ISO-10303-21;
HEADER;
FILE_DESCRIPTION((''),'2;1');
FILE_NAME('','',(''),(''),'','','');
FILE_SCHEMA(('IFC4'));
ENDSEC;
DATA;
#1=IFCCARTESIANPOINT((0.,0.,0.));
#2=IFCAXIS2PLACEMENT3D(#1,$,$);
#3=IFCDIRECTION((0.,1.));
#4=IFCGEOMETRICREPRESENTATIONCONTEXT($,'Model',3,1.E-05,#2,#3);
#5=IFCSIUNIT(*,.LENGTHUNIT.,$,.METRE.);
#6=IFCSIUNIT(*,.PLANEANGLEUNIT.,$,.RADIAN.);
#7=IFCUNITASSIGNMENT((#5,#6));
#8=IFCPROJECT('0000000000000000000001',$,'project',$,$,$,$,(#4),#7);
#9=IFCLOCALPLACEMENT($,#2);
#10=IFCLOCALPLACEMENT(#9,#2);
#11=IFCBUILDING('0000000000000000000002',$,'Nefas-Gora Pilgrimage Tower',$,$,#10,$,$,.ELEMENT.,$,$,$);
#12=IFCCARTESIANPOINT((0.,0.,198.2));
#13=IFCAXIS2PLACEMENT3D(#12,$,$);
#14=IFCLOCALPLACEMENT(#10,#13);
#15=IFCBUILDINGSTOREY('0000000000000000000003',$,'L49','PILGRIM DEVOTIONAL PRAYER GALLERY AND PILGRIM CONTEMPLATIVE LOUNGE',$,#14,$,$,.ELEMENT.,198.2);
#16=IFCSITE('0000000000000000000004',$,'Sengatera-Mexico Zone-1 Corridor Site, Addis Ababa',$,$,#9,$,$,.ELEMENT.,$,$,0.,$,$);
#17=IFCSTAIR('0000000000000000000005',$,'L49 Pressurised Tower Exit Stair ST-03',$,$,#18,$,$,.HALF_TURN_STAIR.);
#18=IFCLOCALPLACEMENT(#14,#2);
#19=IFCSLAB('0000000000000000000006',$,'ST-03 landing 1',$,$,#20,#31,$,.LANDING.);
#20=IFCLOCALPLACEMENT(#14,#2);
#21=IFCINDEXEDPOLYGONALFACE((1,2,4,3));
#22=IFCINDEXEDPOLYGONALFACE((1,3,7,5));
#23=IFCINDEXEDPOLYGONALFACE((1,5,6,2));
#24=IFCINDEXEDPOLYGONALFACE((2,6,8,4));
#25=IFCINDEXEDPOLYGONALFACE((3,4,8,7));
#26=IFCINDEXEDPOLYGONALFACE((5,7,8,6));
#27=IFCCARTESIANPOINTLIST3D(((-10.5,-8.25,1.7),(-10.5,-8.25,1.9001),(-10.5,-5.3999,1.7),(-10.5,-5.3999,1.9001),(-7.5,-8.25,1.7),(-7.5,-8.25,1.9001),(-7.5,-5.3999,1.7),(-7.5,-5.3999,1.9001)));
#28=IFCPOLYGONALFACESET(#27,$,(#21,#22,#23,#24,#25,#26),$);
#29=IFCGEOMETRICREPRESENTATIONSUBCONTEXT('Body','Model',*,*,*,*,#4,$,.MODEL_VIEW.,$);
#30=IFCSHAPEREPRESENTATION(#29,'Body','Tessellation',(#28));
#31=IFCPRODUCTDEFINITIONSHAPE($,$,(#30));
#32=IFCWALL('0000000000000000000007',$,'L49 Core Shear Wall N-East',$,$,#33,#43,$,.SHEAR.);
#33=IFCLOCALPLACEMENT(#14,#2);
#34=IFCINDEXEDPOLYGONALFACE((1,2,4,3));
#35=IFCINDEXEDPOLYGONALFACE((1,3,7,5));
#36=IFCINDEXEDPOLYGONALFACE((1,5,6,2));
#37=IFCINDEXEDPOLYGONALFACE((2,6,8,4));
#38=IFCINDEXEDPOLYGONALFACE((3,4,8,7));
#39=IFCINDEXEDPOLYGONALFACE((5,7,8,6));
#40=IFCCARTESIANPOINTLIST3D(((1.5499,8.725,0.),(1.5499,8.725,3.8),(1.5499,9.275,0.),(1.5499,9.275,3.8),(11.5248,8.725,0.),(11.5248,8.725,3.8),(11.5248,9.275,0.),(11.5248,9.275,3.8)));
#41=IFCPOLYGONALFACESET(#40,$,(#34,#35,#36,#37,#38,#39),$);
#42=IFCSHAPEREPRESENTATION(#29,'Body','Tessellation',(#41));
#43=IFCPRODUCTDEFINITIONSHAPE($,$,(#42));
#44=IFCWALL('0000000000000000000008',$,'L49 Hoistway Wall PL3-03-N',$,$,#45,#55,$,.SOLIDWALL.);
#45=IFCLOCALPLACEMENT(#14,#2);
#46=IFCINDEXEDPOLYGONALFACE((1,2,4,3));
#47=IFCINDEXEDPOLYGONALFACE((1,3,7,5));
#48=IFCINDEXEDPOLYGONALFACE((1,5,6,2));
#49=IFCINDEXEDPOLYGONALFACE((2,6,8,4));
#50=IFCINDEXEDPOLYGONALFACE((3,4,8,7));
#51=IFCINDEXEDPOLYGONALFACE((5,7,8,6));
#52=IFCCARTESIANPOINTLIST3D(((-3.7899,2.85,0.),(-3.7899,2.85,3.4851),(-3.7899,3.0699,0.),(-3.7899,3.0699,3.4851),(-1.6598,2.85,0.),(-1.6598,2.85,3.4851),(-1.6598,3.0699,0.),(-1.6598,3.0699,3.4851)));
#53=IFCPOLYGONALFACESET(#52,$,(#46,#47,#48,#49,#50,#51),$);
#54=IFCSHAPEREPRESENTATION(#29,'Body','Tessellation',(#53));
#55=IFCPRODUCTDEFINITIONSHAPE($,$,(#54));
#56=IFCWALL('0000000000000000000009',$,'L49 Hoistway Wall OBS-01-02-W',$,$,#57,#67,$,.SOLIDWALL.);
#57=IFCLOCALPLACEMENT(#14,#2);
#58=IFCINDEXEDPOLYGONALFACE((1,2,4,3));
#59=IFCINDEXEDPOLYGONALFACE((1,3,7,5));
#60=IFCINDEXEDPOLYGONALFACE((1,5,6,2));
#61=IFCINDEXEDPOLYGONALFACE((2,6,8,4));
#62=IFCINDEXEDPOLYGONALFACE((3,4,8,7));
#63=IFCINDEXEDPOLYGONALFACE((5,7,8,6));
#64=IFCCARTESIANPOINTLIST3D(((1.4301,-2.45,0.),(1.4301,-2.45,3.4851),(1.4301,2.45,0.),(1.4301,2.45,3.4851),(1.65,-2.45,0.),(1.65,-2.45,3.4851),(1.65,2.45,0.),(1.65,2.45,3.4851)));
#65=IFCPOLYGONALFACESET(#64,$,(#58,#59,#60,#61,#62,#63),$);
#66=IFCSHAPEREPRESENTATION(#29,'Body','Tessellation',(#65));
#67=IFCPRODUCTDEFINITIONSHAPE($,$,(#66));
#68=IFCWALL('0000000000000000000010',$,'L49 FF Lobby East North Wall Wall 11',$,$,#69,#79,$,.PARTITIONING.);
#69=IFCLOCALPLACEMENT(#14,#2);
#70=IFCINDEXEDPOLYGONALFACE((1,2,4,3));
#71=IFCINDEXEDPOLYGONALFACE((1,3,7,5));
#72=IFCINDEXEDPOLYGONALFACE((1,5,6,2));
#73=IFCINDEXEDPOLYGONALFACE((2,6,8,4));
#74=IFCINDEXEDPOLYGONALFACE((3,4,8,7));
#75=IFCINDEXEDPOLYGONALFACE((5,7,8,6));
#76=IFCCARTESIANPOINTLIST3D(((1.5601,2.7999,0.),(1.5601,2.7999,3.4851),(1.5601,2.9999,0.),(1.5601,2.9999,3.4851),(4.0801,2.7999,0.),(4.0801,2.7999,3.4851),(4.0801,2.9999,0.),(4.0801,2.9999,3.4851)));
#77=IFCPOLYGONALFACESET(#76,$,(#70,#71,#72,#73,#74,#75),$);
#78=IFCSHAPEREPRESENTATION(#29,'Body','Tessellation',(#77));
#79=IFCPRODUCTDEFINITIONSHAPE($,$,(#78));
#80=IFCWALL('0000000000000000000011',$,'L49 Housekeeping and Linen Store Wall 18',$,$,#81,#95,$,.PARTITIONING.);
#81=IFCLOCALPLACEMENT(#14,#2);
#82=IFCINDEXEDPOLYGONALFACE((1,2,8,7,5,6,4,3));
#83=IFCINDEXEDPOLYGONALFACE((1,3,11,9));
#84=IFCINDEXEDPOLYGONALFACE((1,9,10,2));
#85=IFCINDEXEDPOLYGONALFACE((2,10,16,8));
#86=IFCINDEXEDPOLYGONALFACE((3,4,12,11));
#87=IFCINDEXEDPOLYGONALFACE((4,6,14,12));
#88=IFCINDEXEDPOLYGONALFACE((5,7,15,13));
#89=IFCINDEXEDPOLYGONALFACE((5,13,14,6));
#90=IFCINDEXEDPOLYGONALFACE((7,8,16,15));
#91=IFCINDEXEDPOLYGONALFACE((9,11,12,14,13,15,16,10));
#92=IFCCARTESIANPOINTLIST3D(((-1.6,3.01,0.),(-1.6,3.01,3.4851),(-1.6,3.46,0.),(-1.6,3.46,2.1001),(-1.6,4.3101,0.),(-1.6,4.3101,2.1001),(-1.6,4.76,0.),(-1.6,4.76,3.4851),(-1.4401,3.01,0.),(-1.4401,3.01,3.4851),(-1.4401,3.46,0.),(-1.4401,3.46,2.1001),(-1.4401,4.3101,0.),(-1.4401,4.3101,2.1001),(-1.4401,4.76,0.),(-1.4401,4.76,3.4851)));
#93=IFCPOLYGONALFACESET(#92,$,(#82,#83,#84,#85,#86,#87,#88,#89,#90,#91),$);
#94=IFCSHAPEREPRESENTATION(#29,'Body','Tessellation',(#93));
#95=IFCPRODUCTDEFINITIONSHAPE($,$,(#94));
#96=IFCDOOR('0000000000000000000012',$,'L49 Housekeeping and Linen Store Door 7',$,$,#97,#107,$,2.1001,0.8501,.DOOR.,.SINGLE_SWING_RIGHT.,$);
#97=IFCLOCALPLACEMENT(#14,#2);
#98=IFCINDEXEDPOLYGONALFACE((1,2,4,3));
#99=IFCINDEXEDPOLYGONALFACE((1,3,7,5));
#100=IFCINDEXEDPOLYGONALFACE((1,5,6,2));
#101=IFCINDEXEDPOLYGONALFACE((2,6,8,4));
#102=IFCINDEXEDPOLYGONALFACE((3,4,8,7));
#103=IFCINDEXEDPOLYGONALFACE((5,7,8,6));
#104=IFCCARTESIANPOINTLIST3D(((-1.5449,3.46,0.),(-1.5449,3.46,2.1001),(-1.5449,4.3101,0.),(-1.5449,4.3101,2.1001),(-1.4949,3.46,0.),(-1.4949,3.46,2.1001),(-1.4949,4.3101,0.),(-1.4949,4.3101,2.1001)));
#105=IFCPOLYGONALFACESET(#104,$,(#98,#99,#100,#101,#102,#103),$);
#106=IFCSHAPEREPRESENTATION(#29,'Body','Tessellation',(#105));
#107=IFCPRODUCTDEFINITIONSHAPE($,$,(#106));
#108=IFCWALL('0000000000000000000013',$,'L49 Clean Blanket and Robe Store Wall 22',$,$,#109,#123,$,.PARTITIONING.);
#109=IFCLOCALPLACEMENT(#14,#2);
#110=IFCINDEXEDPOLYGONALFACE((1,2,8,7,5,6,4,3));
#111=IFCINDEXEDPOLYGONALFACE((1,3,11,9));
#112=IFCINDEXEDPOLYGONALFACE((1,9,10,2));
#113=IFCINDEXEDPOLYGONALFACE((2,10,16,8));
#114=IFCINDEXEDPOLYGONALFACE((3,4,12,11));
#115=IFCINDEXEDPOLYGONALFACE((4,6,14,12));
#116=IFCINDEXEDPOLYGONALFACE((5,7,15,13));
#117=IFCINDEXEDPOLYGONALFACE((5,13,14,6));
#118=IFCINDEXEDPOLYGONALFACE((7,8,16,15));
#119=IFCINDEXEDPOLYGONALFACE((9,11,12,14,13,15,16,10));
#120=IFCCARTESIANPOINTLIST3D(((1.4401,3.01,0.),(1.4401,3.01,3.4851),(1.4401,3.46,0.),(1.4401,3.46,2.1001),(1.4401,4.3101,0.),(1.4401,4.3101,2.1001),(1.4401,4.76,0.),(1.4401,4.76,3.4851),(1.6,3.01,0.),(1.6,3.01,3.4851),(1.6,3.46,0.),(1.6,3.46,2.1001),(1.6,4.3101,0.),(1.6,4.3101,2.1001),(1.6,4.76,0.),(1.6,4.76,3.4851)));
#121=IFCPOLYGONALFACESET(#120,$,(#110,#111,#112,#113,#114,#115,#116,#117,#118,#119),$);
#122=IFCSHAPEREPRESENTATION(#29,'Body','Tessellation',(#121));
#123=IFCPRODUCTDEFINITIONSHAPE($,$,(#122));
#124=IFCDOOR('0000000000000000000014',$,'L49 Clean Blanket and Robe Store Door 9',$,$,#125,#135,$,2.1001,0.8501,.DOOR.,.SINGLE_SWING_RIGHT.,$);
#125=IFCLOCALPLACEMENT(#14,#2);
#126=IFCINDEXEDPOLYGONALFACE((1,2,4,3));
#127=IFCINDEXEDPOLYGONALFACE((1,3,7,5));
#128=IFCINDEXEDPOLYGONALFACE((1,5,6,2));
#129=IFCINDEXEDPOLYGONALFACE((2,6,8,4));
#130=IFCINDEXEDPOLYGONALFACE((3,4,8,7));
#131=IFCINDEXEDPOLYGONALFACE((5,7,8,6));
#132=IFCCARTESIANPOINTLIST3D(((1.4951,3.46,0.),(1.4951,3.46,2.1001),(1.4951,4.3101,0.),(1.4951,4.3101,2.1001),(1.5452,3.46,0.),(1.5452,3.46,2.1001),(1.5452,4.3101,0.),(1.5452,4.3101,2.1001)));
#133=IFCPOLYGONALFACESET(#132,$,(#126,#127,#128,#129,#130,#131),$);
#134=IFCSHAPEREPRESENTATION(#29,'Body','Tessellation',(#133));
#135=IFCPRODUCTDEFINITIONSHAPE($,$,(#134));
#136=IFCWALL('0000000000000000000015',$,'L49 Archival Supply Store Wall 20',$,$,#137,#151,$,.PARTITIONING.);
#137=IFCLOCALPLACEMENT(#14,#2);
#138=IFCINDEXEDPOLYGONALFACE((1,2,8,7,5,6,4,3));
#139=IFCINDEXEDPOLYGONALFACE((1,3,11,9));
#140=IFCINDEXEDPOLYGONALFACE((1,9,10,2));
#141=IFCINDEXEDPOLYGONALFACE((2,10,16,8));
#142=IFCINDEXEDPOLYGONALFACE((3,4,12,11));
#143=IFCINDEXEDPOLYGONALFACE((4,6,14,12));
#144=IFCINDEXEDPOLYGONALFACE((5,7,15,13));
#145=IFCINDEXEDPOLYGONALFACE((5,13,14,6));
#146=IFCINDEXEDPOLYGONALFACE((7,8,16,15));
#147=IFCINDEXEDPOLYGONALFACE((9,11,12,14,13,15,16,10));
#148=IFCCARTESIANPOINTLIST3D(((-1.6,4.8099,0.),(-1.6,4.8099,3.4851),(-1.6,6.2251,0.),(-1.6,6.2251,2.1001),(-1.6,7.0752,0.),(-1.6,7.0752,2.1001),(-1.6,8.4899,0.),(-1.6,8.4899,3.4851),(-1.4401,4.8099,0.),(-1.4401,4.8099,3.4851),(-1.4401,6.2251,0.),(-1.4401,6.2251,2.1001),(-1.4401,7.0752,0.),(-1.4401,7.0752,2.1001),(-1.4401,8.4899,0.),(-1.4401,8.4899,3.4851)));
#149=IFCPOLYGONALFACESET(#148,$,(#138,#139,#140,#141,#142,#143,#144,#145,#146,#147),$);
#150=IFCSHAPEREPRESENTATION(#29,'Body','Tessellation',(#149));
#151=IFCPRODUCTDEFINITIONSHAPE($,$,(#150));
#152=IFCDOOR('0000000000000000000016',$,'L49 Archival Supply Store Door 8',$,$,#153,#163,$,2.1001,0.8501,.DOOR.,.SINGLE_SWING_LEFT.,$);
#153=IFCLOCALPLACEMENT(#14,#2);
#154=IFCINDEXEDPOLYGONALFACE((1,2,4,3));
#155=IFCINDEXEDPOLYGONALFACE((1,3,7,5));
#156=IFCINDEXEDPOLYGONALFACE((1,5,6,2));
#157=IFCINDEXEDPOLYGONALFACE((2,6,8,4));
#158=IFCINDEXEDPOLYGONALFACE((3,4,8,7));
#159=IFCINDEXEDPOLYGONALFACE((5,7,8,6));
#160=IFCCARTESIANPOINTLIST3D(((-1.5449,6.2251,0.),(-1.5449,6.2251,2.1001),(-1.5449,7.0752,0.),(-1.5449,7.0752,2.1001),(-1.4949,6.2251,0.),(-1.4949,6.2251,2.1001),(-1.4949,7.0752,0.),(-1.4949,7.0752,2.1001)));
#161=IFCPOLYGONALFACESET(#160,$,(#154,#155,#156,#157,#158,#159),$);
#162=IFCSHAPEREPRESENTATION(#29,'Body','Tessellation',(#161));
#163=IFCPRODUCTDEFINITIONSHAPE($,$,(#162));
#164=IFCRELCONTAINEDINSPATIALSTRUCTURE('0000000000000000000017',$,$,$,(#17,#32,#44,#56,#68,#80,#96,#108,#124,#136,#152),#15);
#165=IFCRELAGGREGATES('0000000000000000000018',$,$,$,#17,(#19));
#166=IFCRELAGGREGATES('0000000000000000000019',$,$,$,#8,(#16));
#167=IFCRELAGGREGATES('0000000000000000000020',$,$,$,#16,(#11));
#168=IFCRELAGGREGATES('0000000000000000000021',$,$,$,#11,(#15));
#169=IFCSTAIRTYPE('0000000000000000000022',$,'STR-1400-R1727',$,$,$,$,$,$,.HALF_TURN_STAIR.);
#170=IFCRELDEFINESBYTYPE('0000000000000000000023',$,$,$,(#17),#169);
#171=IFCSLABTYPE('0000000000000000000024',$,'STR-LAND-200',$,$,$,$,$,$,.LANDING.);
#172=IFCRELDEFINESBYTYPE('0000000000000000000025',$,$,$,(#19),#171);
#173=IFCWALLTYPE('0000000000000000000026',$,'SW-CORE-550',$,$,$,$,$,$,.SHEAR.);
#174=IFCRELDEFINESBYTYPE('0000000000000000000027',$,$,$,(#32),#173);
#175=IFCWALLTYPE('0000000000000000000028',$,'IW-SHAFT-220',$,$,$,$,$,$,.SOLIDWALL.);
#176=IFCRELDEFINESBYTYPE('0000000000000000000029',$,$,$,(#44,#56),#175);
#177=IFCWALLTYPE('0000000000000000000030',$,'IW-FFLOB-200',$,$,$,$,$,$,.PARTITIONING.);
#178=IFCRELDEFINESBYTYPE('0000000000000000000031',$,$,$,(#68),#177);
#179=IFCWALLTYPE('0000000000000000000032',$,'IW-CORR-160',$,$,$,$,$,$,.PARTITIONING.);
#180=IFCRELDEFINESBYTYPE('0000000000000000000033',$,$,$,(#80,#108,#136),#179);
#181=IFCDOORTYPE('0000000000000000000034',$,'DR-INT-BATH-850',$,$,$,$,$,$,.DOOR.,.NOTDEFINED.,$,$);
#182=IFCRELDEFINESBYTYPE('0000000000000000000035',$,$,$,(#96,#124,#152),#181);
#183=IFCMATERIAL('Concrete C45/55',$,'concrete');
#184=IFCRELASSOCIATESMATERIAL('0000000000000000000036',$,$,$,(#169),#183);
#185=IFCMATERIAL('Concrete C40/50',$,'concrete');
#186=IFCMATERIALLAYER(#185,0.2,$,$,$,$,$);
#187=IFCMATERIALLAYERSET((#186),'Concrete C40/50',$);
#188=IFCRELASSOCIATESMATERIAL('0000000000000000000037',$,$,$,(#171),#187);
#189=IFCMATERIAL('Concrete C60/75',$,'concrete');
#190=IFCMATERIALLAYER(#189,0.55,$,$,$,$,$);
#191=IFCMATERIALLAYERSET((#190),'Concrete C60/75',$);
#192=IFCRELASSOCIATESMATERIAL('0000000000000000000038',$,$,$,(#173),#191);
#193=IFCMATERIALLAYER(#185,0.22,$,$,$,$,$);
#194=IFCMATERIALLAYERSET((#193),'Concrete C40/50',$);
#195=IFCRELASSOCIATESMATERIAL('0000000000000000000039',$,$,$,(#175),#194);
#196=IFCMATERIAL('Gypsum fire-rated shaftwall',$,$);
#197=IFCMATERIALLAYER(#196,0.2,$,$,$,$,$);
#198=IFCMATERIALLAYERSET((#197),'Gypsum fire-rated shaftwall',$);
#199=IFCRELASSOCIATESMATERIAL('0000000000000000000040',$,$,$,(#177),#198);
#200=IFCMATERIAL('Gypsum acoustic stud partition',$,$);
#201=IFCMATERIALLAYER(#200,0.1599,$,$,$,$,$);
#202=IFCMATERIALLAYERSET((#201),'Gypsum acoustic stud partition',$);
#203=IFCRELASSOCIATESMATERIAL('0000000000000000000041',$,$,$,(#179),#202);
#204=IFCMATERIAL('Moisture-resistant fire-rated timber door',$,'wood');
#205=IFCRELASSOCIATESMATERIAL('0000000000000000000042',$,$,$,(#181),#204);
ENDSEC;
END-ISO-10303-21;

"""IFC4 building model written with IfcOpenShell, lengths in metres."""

from ifc_helpers import new_model, si_unit, direction, frame, frame_2d, origin, place, context, subcontext, project, spatial, polyline, rectangle, outline, extrude, source, transform, mapped, material, layer, layer_set, type_object, element, fill, aggregate, save


model = new_model("IFC4")

# Units and contexts
model_context = context("Model", 3, precision=1e-05, world=origin(), true_north=direction((0.0, 1.0)))
body_context = subcontext(model_context, "Body", "Model", "MODEL_VIEW")
ifc_project = project(units=[si_unit("LENGTHUNIT", "METRE"), si_unit("PLANEANGLEUNIT", "RADIAN")], contexts=[model_context])

# Site, building, storey
site_placement = place(None, origin())
site = spatial("IfcSite", under=ifc_project, at=site_placement, Name="Sengatera-Mexico Zone-1 Corridor Site, Addis Ababa", CompositionType="ELEMENT", RefElevation=0.0)
building_placement = place(site_placement, origin())
building = spatial("IfcBuilding", under=site, at=building_placement, Name="Nefas-Gora Pilgrimage Tower", CompositionType="ELEMENT")
storey_placement = place(building_placement, frame((0.0, 0.0, 198.2)))
storey = spatial("IfcBuildingStorey", under=building, at=storey_placement, Name="L49", Description="PILGRIM DEVOTIONAL PRAYER GALLERY AND PILGRIM CONTEMPLATIVE LOUNGE", CompositionType="ELEMENT", Elevation=198.2)

# Shared definitions
ifc_material_1 = material(Name="Concrete C60/75", Category="concrete")

# Shared definitions
ifc_material_2 = material(Name="Concrete C40/50", Category="concrete")

# Stair, slab
ifc_material_3 = material(Name="Concrete C45/55", Category="concrete")
stair_type = type_object("IfcStairType", Name="STR-1400-R1727", PredefinedType="HALF_TURN_STAIR", material=ifc_material_3)
ifc_layer_1 = layer(ifc_material_2, 0.2)
ifc_layer_set_1 = layer_set([ifc_layer_1], Name="Concrete C40/50")
slab_type_1 = type_object("IfcSlabType", Name="STR-LAND-200", PredefinedType="LANDING", material=ifc_layer_set_1)
stair_1_placement = place(storey_placement, origin())
stair_1 = element("IfcStair", 1, at=stair_1_placement, inside=storey, type_object=stair_type, Name="L49 Pressurised Tower Exit Stair ST-03", PredefinedType="HALF_TURN_STAIR")
slab_1_placement = place(storey_placement, frame((0.0, 0.0, 1.7)))
slab_1 = element("IfcSlab", 2, at=slab_1_placement, type_object=slab_type_1, Name="ST-03 landing 1", PredefinedType="LANDING", context=body_context, shape_type="SweptSolid", body=[
    extrude(outline(polyline([(-10.5, -5.3999), (-10.5, -8.25), (-7.5, -8.25), (-7.5, -5.3999), (-10.5, -5.3999)])), origin(), (0.0, 0.0, 1.0), 0.2002),
])
aggregate(stair_1, [slab_1])

# Walls
ifc_layer_2 = layer(ifc_material_1, 0.55)
ifc_layer_set_2 = layer_set([ifc_layer_2], Name="Concrete C60/75")
wall_type_1 = type_object("IfcWallType", Name="SW-CORE-550", PredefinedType="SHEAR", material=ifc_layer_set_2)
shared_shape_1 = source(origin(), body_context, "Body", "SweptSolid", [
    extrude(rectangle(XDim=9.9749, YDim=0.55, at=frame_2d((4.9873, 0.0))), origin(), (0.0, 0.0, 1.0), 3.8),
])
wall_1_placement = place(storey_placement, frame((1.55, 9.0, 0.0), z_axis=(0.0, 0.0, 1.0), x_axis=(1.0, 0.0, 0.0)))
element("IfcWall", 3, at=wall_1_placement, inside=storey, type_object=wall_type_1, Name="L49 Core Shear Wall N-East", PredefinedType="SHEAR", context=body_context, shape_type="MappedRepresentation", body=[
    mapped(shared_shape_1, transform((0.0, 0.0, 0.0), x_axis=(1.0, 0.0, 0.0), y_axis=(0.0, 1.0, 0.0), z_axis=(0.0, 0.0, 1.0), scale=1.0)),
])
ifc_layer_3 = layer(ifc_material_2, 0.22)
ifc_layer_set_3 = layer_set([ifc_layer_3], Name="Concrete C40/50")
wall_type_2 = type_object("IfcWallType", Name="IW-SHAFT-220", PredefinedType="SOLIDWALL", material=ifc_layer_set_3)
shared_shape_2 = source(origin(), body_context, "Body", "SweptSolid", [
    extrude(rectangle(XDim=2.1301, YDim=0.22, at=frame_2d((1.0649, 0.0))), origin(), (0.0, 0.0, 1.0), 3.4851),
])
wall_2_placement = place(storey_placement, frame((-1.6599, 2.96, 0.0), z_axis=(0.0, 0.0, 1.0), x_axis=(-1.0, 0.0, 0.0)))
element("IfcWall", 4, at=wall_2_placement, inside=storey, type_object=wall_type_2, Name="L49 Hoistway Wall PL3-03-N", PredefinedType="SOLIDWALL", context=body_context, shape_type="MappedRepresentation", body=[
    mapped(shared_shape_2, transform((0.0, 0.0, 0.0), x_axis=(1.0, 0.0, 0.0), y_axis=(0.0, 1.0, 0.0), z_axis=(0.0, 0.0, 1.0), scale=1.0)),
])
shared_shape_3 = source(origin(), body_context, "Body", "SweptSolid", [
    extrude(rectangle(XDim=4.8999, YDim=0.22, at=frame_2d((2.45, 0.0))), origin(), (0.0, 0.0, 1.0), 3.4851),
])
wall_3_placement = place(storey_placement, frame((1.54, 2.45, 0.0), z_axis=(0.0, 0.0, 1.0), x_axis=(0.0, -1.0, 0.0)))
element("IfcWall", 5, at=wall_3_placement, inside=storey, type_object=wall_type_2, Name="L49 Hoistway Wall OBS-01-02-W", PredefinedType="SOLIDWALL", context=body_context, shape_type="MappedRepresentation", body=[
    mapped(shared_shape_3, transform((0.0, 0.0, 0.0), x_axis=(1.0, 0.0, 0.0), y_axis=(0.0, 1.0, 0.0), z_axis=(0.0, 0.0, 1.0), scale=1.0)),
])
ifc_material_4 = material(Name="Gypsum fire-rated shaftwall")
ifc_layer_4 = layer(ifc_material_4, 0.2)
ifc_layer_set_4 = layer_set([ifc_layer_4], Name="Gypsum fire-rated shaftwall")
wall_type_3 = type_object("IfcWallType", Name="IW-FFLOB-200", PredefinedType="PARTITIONING", material=ifc_layer_set_4)
shared_shape_4 = source(origin(), body_context, "Body", "SweptSolid", [
    extrude(rectangle(XDim=2.52, YDim=0.2, at=frame_2d((1.26, 0.0))), origin(), (0.0, 0.0, 1.0), 3.4851),
])
wall_4_placement = place(storey_placement, frame((1.5601, 2.8999, 0.0), z_axis=(0.0, 0.0, 1.0), x_axis=(1.0, 0.0, 0.0)))
element("IfcWall", 6, at=wall_4_placement, inside=storey, type_object=wall_type_3, Name="L49 FF Lobby East North Wall Wall 11", PredefinedType="PARTITIONING", context=body_context, shape_type="MappedRepresentation", body=[
    mapped(shared_shape_4, transform((0.0, 0.0, 0.0), x_axis=(1.0, 0.0, 0.0), y_axis=(0.0, 1.0, 0.0), z_axis=(0.0, 0.0, 1.0), scale=1.0)),
])

# Walls, openings, doors
ifc_material_5 = material(Name="Gypsum acoustic stud partition")
ifc_layer_5 = layer(ifc_material_5, 0.1599)
ifc_layer_set_5 = layer_set([ifc_layer_5], Name="Gypsum acoustic stud partition")
wall_type_4 = type_object("IfcWallType", Name="IW-CORR-160", PredefinedType="PARTITIONING", material=ifc_layer_set_5)
shared_shape_5 = source(origin(), body_context, "Body", "SweptSolid", [
    extrude(rectangle(XDim=1.75, YDim=0.1599, at=frame_2d((0.875, 0.0))), origin(), (0.0, 0.0, 1.0), 3.4851),
])
wall_5_placement = place(storey_placement, frame((-1.52, 3.01, 0.0), z_axis=(0.0, 0.0, 1.0), x_axis=(0.0, 1.0, 0.0)))
wall_5 = element("IfcWall", 7, at=wall_5_placement, inside=storey, type_object=wall_type_4, Name="L49 Housekeeping and Linen Store Wall 18", PredefinedType="PARTITIONING", context=body_context, shape_type="MappedRepresentation", body=[
    mapped(shared_shape_5, transform((0.0, 0.0, 0.0), x_axis=(1.0, 0.0, 0.0), y_axis=(0.0, 1.0, 0.0), z_axis=(0.0, 0.0, 1.0), scale=1.0)),
])
opening_1_placement = place(wall_5_placement, frame((0.45, 0.0, 0.0)))
opening_1 = element("IfcOpeningElement", 8, at=opening_1_placement, cuts=wall_5, PredefinedType="OPENING", context=body_context, shape_type="SweptSolid", body=[
    extrude(rectangle(XDim=0.8501, YDim=2.1001, at=frame_2d((0.425, 1.05))), frame((0.0, 0.0898, 0.0), z_axis=(0.0, -1.0, 0.0), x_axis=(1.0, 0.0, 0.0)), (0.0, 0.0, 1.0), 0.1799),
])
ifc_material_6 = material(Name="Moisture-resistant fire-rated timber door", Category="wood")
door_type = type_object("IfcDoorType", Name="DR-INT-BATH-850", OperationType="NOTDEFINED", PredefinedType="DOOR", material=ifc_material_6)
shared_shape_6 = source(origin(), body_context, "Body", "SweptSolid", [
    extrude(rectangle(XDim=0.8501, YDim=2.1001, at=frame_2d((0.425, 1.05))), frame((0.0, 0.0249, 0.0), z_axis=(0.0, -1.0, 0.0), x_axis=(1.0, 0.0, 0.0)), (0.0, 0.0, 1.0), 0.05),
])
door_1_placement = place(opening_1_placement, origin())
door_1 = element("IfcDoor", 9, at=door_1_placement, inside=storey, type_object=door_type, Name="L49 Housekeeping and Linen Store Door 7", OperationType="SINGLE_SWING_RIGHT", OverallHeight=2.1001, OverallWidth=0.8501, PredefinedType="DOOR", context=body_context, shape_type="MappedRepresentation", body=[
    mapped(shared_shape_6, transform((0.0, 0.0, 0.0), x_axis=(1.0, 0.0, 0.0), y_axis=(0.0, 1.0, 0.0), z_axis=(0.0, 0.0, 1.0), scale=1.0)),
])
fill(opening_1, door_1)
wall_6_placement = place(storey_placement, frame((1.52, 3.01, 0.0), z_axis=(0.0, 0.0, 1.0), x_axis=(0.0, 1.0, 0.0)))
wall_6 = element("IfcWall", 10, at=wall_6_placement, inside=storey, type_object=wall_type_4, Name="L49 Clean Blanket and Robe Store Wall 22", PredefinedType="PARTITIONING", context=body_context, shape_type="MappedRepresentation", body=[
    mapped(shared_shape_5, transform((0.0, 0.0, 0.0), x_axis=(1.0, 0.0, 0.0), y_axis=(0.0, 1.0, 0.0), z_axis=(0.0, 0.0, 1.0), scale=1.0)),
])
opening_2_placement = place(wall_6_placement, frame((0.45, 0.0, 0.0)))
opening_2 = element("IfcOpeningElement", 11, at=opening_2_placement, cuts=wall_6, PredefinedType="OPENING", context=body_context, shape_type="SweptSolid", body=[
    extrude(rectangle(XDim=0.8501, YDim=2.1001, at=frame_2d((0.425, 1.05))), frame((0.0, 0.0898, 0.0), z_axis=(0.0, -1.0, 0.0), x_axis=(1.0, 0.0, 0.0)), (0.0, 0.0, 1.0), 0.1799),
])
door_2_placement = place(opening_2_placement, origin())
door_2 = element("IfcDoor", 12, at=door_2_placement, inside=storey, type_object=door_type, Name="L49 Clean Blanket and Robe Store Door 9", OperationType="SINGLE_SWING_RIGHT", OverallHeight=2.1001, OverallWidth=0.8501, PredefinedType="DOOR", context=body_context, shape_type="MappedRepresentation", body=[
    mapped(shared_shape_6, transform((0.0, 0.0, 0.0), x_axis=(1.0, 0.0, 0.0), y_axis=(0.0, 1.0, 0.0), z_axis=(0.0, 0.0, 1.0), scale=1.0)),
])
fill(opening_2, door_2)
shared_shape_7 = source(origin(), body_context, "Body", "SweptSolid", [
    extrude(rectangle(XDim=3.6799, YDim=0.1599, at=frame_2d((1.8398, 0.0))), origin(), (0.0, 0.0, 1.0), 3.4851),
])
wall_7_placement = place(storey_placement, frame((-1.52, 4.8101, 0.0), z_axis=(0.0, 0.0, 1.0), x_axis=(0.0, 1.0, 0.0)))
wall_7 = element("IfcWall", 13, at=wall_7_placement, inside=storey, type_object=wall_type_4, Name="L49 Archival Supply Store Wall 20", PredefinedType="PARTITIONING", context=body_context, shape_type="MappedRepresentation", body=[
    mapped(shared_shape_7, transform((0.0, 0.0, 0.0), x_axis=(1.0, 0.0, 0.0), y_axis=(0.0, 1.0, 0.0), z_axis=(0.0, 0.0, 1.0), scale=1.0)),
])
opening_3_placement = place(wall_7_placement, frame((1.415, 0.0, 0.0)))
opening_3 = element("IfcOpeningElement", 14, at=opening_3_placement, cuts=wall_7, PredefinedType="OPENING", context=body_context, shape_type="SweptSolid", body=[
    extrude(rectangle(XDim=0.8501, YDim=2.1001, at=frame_2d((0.425, 1.05))), frame((0.0, 0.0898, 0.0), z_axis=(0.0, -1.0, 0.0), x_axis=(1.0, 0.0, 0.0)), (0.0, 0.0, 1.0), 0.1799),
])
door_3_placement = place(opening_3_placement, origin())
door_3 = element("IfcDoor", 15, at=door_3_placement, inside=storey, type_object=door_type, Name="L49 Archival Supply Store Door 8", OperationType="SINGLE_SWING_LEFT", OverallHeight=2.1001, OverallWidth=0.8501, PredefinedType="DOOR", context=body_context, shape_type="MappedRepresentation", body=[
    mapped(shared_shape_6, transform((0.0, 0.0, 0.0), x_axis=(1.0, 0.0, 0.0), y_axis=(0.0, 1.0, 0.0), z_axis=(0.0, 0.0, 1.0), scale=1.0)),
])
fill(opening_3, door_3)

save(model, "model.ifc")
